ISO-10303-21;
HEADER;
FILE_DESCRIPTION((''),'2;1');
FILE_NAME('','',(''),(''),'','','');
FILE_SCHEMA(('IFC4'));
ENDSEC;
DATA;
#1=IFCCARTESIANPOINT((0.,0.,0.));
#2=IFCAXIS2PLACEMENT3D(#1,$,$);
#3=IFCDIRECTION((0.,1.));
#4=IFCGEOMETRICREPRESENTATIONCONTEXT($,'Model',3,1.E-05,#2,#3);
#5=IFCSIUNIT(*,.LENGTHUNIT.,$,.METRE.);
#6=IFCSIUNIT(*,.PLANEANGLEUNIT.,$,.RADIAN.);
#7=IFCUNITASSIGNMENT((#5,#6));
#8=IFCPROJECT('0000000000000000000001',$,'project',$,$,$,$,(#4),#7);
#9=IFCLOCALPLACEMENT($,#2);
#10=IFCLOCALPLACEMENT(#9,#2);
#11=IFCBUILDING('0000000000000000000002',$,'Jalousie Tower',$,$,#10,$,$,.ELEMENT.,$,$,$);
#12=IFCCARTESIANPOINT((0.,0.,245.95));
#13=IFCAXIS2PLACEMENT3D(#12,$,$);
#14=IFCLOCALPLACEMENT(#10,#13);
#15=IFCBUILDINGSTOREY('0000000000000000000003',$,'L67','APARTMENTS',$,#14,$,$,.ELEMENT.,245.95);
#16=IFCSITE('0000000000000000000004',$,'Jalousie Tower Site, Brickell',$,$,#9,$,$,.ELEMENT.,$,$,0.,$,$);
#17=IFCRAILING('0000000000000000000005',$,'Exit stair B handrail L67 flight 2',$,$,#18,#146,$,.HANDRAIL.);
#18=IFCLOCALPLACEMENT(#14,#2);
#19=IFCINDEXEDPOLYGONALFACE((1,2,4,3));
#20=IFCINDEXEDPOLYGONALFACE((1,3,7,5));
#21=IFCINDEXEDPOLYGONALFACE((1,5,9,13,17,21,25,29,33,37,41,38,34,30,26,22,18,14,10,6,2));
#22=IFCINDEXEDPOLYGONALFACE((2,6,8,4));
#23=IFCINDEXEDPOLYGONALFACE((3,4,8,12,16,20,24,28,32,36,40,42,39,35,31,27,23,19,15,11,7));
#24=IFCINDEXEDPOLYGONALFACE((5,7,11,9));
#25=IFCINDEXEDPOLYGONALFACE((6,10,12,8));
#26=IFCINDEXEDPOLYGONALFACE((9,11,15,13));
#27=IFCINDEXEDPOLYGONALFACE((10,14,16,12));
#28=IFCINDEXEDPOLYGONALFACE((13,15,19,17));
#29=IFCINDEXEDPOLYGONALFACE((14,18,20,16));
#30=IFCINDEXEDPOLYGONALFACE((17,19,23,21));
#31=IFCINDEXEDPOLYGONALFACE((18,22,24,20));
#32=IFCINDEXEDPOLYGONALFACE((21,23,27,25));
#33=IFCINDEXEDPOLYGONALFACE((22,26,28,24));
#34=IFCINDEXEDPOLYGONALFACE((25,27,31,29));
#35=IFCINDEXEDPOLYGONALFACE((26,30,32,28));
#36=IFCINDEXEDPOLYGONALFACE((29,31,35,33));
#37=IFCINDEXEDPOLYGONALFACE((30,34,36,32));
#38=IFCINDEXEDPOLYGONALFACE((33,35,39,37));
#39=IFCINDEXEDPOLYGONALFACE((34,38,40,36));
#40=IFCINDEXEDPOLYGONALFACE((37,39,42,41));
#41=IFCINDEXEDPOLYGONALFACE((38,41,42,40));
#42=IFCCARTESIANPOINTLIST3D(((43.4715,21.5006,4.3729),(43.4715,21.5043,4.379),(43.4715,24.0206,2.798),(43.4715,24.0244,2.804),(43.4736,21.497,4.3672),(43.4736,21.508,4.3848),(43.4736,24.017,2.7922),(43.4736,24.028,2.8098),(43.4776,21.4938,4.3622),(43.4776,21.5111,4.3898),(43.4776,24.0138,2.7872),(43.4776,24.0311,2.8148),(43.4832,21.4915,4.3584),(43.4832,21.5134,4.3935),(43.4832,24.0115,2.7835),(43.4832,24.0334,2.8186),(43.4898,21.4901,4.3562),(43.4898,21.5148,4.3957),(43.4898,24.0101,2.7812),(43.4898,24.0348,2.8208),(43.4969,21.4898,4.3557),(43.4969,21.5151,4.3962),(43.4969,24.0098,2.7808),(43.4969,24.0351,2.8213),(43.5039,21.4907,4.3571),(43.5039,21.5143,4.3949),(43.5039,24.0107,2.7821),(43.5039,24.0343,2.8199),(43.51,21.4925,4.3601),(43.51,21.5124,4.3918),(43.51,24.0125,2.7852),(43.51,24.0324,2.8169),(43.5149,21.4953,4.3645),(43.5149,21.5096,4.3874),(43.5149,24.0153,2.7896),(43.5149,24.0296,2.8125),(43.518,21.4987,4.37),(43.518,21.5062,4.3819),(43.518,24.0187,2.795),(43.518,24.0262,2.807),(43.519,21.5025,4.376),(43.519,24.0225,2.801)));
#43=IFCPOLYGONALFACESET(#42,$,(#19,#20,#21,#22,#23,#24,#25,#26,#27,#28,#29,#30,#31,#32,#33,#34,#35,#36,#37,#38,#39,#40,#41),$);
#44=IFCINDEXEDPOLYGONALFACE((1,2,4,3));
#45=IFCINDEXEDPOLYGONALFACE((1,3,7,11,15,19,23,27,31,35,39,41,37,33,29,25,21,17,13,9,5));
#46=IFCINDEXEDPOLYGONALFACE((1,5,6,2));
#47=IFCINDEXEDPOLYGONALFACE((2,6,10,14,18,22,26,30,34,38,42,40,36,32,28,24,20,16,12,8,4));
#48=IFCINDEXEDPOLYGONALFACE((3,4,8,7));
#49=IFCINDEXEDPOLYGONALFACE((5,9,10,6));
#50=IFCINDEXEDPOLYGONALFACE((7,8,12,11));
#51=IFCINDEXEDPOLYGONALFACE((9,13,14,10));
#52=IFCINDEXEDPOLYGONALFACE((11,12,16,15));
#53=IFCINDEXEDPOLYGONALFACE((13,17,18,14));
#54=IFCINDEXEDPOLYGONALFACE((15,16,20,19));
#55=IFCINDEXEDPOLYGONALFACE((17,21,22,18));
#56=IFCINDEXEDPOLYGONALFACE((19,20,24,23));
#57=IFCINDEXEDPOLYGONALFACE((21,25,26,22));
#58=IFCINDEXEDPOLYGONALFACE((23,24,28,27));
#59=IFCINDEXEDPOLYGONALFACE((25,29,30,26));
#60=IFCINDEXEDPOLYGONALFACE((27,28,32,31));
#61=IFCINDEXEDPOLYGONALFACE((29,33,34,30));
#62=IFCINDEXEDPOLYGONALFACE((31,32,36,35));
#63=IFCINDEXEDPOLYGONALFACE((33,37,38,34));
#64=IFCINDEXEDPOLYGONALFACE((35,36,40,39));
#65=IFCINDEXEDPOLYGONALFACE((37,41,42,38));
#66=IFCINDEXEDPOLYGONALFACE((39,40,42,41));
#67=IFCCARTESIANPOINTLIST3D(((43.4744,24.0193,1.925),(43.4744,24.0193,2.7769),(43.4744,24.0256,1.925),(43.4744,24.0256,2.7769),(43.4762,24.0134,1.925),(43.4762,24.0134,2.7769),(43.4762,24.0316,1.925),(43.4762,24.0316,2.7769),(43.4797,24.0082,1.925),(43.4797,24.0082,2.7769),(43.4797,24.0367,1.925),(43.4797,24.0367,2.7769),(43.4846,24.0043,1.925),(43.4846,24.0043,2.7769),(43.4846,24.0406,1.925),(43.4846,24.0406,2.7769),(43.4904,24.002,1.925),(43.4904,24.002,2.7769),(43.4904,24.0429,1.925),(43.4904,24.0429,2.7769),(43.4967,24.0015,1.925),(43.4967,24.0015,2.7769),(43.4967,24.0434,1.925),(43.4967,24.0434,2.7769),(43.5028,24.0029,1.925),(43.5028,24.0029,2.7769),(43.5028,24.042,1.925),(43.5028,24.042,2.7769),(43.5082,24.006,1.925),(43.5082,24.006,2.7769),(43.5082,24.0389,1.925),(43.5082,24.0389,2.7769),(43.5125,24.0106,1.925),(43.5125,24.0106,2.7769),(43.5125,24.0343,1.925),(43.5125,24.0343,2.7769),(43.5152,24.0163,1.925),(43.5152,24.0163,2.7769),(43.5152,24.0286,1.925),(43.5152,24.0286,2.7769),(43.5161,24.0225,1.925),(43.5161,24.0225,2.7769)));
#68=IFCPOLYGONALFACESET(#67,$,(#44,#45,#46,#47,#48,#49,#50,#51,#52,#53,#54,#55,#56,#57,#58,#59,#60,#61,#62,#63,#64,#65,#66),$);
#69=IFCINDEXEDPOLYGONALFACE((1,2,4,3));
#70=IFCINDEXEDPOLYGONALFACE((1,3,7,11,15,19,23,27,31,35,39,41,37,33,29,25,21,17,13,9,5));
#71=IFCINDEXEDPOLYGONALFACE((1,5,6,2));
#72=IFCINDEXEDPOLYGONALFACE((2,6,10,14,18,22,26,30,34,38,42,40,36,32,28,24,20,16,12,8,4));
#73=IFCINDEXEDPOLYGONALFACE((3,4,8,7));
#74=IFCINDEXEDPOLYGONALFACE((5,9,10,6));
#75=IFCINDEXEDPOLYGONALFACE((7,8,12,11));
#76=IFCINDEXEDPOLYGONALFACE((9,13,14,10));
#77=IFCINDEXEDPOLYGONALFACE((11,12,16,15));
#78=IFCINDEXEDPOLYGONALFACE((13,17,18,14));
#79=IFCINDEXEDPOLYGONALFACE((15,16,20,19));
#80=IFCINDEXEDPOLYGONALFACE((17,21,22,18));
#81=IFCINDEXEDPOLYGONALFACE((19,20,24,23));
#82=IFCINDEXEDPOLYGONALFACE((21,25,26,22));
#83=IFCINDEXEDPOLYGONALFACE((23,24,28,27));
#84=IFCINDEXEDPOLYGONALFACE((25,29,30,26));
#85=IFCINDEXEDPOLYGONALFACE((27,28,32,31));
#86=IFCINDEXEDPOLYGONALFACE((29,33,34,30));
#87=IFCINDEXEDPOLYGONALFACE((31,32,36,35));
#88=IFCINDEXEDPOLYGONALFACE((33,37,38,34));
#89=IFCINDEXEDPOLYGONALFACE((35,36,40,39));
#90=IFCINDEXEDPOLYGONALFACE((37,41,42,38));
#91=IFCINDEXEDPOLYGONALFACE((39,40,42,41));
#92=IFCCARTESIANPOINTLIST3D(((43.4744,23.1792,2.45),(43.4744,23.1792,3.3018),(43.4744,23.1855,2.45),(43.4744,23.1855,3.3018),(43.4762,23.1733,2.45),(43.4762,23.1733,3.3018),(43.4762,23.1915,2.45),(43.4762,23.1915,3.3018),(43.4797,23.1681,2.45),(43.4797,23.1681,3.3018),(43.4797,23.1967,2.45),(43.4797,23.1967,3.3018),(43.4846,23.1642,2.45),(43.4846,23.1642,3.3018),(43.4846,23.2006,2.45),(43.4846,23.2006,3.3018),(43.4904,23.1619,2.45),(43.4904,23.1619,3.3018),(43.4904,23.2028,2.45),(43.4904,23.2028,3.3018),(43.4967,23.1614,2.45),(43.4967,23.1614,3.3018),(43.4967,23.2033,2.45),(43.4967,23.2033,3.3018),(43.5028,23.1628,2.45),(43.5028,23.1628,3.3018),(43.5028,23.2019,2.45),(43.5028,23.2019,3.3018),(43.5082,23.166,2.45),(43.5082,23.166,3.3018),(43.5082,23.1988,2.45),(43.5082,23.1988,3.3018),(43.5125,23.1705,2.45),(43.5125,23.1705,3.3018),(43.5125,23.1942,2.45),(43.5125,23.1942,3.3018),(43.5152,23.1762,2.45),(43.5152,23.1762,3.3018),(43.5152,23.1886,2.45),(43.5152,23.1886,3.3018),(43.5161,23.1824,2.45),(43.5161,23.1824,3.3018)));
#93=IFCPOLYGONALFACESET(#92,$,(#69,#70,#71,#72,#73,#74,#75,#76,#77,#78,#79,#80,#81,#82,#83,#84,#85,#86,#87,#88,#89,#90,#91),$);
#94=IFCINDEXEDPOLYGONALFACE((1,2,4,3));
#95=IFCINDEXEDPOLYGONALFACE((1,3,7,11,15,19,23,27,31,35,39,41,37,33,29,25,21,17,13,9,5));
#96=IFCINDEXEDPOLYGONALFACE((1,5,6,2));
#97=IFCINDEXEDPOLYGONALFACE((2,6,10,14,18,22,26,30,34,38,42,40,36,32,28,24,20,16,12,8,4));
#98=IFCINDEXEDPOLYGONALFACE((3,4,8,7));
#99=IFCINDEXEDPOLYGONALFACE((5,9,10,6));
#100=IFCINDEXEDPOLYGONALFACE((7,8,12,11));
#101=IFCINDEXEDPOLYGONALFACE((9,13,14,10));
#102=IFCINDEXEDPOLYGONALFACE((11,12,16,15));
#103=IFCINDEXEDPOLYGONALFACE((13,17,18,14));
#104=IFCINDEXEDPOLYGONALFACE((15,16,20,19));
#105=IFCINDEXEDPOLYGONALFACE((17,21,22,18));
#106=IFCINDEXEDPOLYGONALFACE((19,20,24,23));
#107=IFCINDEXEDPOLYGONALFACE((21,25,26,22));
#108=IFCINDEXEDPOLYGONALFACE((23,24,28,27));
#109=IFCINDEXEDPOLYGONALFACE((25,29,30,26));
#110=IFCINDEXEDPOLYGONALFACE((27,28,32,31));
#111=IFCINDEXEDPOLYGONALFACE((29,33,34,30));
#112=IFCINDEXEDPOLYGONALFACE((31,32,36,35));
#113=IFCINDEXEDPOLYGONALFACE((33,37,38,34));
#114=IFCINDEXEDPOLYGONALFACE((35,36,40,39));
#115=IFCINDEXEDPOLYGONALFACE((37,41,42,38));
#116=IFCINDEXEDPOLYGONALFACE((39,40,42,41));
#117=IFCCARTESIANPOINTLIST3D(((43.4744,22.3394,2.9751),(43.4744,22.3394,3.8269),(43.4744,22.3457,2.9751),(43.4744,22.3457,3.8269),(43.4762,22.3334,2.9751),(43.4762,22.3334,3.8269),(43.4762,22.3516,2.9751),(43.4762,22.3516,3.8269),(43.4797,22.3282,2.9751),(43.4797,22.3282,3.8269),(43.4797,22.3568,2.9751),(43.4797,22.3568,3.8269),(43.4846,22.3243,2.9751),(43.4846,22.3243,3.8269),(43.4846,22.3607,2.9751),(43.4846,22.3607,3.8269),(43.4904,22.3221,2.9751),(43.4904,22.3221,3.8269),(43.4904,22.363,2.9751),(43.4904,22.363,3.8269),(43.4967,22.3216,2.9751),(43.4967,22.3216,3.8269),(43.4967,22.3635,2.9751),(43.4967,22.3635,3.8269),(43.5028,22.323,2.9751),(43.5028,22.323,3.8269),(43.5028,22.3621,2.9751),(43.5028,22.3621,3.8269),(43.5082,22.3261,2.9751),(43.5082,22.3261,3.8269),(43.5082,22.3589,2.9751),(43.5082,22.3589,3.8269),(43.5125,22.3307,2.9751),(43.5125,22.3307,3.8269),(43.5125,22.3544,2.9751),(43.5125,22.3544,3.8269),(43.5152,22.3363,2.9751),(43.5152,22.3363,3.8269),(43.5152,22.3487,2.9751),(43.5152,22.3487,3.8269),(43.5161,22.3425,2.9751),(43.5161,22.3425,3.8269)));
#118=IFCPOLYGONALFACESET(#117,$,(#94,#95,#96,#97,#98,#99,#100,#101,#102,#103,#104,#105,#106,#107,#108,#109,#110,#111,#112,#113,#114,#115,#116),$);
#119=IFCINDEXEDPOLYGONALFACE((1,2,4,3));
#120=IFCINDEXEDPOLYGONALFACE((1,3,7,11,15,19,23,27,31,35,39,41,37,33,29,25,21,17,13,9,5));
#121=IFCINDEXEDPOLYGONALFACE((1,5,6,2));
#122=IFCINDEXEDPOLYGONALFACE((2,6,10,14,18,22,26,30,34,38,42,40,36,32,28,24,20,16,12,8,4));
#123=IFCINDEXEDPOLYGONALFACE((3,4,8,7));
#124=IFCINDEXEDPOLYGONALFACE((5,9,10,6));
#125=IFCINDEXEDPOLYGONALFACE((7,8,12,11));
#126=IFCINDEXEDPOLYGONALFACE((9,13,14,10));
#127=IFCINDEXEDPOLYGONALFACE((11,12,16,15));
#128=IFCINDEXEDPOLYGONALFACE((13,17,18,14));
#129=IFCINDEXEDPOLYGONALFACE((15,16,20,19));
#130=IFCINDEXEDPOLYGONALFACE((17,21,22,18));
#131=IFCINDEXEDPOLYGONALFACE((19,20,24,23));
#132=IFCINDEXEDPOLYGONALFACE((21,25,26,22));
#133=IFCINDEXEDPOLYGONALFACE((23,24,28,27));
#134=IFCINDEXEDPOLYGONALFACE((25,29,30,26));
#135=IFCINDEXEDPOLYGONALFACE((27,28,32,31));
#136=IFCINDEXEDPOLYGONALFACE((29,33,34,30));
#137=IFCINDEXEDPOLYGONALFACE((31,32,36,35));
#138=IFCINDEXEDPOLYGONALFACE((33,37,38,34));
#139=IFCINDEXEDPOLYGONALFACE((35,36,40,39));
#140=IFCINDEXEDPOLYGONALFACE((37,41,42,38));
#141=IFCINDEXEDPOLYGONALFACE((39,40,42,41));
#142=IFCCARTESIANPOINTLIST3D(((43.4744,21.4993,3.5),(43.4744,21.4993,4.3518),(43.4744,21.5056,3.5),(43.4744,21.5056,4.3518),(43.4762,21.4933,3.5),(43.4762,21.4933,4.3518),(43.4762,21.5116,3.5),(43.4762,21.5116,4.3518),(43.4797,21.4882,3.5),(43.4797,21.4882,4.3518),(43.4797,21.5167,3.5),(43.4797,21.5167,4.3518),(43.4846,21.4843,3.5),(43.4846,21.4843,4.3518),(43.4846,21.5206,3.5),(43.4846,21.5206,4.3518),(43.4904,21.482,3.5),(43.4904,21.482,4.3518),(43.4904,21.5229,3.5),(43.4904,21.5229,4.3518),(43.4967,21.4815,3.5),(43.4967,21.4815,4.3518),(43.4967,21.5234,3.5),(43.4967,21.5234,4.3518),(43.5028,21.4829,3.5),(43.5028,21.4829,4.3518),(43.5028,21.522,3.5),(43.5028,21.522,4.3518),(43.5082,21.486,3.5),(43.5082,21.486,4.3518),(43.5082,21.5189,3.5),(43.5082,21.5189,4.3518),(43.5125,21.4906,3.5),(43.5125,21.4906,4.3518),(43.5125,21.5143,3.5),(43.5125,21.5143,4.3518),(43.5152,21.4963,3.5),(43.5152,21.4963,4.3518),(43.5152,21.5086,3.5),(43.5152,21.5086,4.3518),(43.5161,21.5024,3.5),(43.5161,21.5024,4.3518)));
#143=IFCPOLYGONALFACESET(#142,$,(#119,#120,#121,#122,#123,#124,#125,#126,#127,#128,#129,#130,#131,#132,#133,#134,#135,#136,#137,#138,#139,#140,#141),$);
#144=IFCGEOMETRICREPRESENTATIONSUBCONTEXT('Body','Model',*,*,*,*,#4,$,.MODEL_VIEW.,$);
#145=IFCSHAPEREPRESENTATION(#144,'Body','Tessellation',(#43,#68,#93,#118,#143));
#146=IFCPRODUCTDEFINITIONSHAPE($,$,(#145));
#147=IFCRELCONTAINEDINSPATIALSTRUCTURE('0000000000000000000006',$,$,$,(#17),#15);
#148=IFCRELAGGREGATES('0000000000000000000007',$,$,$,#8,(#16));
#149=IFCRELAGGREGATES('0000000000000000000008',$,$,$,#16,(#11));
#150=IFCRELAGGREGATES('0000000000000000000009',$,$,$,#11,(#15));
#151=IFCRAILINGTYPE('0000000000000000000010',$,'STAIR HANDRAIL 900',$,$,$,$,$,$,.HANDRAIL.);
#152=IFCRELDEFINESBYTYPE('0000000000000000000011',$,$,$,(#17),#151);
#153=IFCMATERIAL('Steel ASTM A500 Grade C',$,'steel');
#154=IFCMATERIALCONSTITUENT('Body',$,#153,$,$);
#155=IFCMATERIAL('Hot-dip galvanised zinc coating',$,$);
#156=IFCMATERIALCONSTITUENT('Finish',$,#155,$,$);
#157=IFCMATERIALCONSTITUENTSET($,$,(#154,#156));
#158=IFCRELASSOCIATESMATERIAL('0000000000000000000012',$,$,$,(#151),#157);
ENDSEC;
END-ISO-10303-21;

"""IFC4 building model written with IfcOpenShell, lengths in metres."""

from ifc_helpers import new_model, si_unit, direction, frame, origin, origin_2d, place, context, subcontext, project, spatial, circle, extrude, material, constituent, constituent_set, type_object, element, save


model = new_model("IFC4")

# Units and contexts
model_context = context("Model", 3, precision=1e-05, world=origin(), true_north=direction((0.0, 1.0)))
body_context = subcontext(model_context, "Body", "Model", "MODEL_VIEW")
ifc_project = project(units=[si_unit("LENGTHUNIT", "METRE"), si_unit("PLANEANGLEUNIT", "RADIAN")], contexts=[model_context])

# Site, building, storey
site_placement = place(None, origin())
site = spatial("IfcSite", under=ifc_project, at=site_placement, Name="Jalousie Tower Site, Brickell", CompositionType="ELEMENT", RefElevation=0.0)
building_placement = place(site_placement, origin())
building = spatial("IfcBuilding", under=site, at=building_placement, Name="Jalousie Tower", CompositionType="ELEMENT")
storey_placement = place(building_placement, frame((0.0, 0.0, 245.95)))
storey = spatial("IfcBuildingStorey", under=building, at=storey_placement, Name="L67", Description="APARTMENTS", CompositionType="ELEMENT", Elevation=245.95)

# Railing
ifc_material_1 = material(Name="Steel ASTM A500 Grade C", Category="steel")
ifc_constituent_1 = constituent(ifc_material_1, Name="Body")
ifc_material_2 = material(Name="Hot-dip galvanised zinc coating")
ifc_constituent_2 = constituent(ifc_material_2, Name="Finish")
ifc_constituent_set_1 = constituent_set(constituents=[ifc_constituent_1, ifc_constituent_2])
railing_type_1 = type_object("IfcRailingType", Name="STAIR HANDRAIL 900", PredefinedType="HANDRAIL", material=ifc_constituent_set_1)
railing_1_placement = place(storey_placement, frame((43.4951, 24.0225, 1.925)))
element("IfcRailing", 1, at=railing_1_placement, inside=storey, type_object=railing_type_1, Name="Exit stair B handrail L67 flight 2", PredefinedType="HANDRAIL", context=body_context, shape_type="SweptSolid", body=[
    extrude(circle(Radius=0.0239, at=origin_2d()), frame((0.0, 0.0, 0.876), z_axis=(0.0, -0.848008, 0.529984), x_axis=(1.0, 0.0, 0.0)), (0.0, 0.0, 1.0), 2.9717),
    extrude(circle(Radius=0.021, at=origin_2d()), origin(), (0.0, 0.0, 1.0), 0.8518),
    extrude(circle(Radius=0.021, at=origin_2d()), frame((0.0, -0.8401, 0.5249)), (0.0, 0.0, 1.0), 0.8518),
    extrude(circle(Radius=0.021, at=origin_2d()), frame((0.0, -1.6799, 1.05)), (0.0, 0.0, 1.0), 0.8518),
    extrude(circle(Radius=0.021, at=origin_2d()), frame((0.0, -2.52, 1.575)), (0.0, 0.0, 1.0), 0.8518),
])

save(model, "model.ifc")
